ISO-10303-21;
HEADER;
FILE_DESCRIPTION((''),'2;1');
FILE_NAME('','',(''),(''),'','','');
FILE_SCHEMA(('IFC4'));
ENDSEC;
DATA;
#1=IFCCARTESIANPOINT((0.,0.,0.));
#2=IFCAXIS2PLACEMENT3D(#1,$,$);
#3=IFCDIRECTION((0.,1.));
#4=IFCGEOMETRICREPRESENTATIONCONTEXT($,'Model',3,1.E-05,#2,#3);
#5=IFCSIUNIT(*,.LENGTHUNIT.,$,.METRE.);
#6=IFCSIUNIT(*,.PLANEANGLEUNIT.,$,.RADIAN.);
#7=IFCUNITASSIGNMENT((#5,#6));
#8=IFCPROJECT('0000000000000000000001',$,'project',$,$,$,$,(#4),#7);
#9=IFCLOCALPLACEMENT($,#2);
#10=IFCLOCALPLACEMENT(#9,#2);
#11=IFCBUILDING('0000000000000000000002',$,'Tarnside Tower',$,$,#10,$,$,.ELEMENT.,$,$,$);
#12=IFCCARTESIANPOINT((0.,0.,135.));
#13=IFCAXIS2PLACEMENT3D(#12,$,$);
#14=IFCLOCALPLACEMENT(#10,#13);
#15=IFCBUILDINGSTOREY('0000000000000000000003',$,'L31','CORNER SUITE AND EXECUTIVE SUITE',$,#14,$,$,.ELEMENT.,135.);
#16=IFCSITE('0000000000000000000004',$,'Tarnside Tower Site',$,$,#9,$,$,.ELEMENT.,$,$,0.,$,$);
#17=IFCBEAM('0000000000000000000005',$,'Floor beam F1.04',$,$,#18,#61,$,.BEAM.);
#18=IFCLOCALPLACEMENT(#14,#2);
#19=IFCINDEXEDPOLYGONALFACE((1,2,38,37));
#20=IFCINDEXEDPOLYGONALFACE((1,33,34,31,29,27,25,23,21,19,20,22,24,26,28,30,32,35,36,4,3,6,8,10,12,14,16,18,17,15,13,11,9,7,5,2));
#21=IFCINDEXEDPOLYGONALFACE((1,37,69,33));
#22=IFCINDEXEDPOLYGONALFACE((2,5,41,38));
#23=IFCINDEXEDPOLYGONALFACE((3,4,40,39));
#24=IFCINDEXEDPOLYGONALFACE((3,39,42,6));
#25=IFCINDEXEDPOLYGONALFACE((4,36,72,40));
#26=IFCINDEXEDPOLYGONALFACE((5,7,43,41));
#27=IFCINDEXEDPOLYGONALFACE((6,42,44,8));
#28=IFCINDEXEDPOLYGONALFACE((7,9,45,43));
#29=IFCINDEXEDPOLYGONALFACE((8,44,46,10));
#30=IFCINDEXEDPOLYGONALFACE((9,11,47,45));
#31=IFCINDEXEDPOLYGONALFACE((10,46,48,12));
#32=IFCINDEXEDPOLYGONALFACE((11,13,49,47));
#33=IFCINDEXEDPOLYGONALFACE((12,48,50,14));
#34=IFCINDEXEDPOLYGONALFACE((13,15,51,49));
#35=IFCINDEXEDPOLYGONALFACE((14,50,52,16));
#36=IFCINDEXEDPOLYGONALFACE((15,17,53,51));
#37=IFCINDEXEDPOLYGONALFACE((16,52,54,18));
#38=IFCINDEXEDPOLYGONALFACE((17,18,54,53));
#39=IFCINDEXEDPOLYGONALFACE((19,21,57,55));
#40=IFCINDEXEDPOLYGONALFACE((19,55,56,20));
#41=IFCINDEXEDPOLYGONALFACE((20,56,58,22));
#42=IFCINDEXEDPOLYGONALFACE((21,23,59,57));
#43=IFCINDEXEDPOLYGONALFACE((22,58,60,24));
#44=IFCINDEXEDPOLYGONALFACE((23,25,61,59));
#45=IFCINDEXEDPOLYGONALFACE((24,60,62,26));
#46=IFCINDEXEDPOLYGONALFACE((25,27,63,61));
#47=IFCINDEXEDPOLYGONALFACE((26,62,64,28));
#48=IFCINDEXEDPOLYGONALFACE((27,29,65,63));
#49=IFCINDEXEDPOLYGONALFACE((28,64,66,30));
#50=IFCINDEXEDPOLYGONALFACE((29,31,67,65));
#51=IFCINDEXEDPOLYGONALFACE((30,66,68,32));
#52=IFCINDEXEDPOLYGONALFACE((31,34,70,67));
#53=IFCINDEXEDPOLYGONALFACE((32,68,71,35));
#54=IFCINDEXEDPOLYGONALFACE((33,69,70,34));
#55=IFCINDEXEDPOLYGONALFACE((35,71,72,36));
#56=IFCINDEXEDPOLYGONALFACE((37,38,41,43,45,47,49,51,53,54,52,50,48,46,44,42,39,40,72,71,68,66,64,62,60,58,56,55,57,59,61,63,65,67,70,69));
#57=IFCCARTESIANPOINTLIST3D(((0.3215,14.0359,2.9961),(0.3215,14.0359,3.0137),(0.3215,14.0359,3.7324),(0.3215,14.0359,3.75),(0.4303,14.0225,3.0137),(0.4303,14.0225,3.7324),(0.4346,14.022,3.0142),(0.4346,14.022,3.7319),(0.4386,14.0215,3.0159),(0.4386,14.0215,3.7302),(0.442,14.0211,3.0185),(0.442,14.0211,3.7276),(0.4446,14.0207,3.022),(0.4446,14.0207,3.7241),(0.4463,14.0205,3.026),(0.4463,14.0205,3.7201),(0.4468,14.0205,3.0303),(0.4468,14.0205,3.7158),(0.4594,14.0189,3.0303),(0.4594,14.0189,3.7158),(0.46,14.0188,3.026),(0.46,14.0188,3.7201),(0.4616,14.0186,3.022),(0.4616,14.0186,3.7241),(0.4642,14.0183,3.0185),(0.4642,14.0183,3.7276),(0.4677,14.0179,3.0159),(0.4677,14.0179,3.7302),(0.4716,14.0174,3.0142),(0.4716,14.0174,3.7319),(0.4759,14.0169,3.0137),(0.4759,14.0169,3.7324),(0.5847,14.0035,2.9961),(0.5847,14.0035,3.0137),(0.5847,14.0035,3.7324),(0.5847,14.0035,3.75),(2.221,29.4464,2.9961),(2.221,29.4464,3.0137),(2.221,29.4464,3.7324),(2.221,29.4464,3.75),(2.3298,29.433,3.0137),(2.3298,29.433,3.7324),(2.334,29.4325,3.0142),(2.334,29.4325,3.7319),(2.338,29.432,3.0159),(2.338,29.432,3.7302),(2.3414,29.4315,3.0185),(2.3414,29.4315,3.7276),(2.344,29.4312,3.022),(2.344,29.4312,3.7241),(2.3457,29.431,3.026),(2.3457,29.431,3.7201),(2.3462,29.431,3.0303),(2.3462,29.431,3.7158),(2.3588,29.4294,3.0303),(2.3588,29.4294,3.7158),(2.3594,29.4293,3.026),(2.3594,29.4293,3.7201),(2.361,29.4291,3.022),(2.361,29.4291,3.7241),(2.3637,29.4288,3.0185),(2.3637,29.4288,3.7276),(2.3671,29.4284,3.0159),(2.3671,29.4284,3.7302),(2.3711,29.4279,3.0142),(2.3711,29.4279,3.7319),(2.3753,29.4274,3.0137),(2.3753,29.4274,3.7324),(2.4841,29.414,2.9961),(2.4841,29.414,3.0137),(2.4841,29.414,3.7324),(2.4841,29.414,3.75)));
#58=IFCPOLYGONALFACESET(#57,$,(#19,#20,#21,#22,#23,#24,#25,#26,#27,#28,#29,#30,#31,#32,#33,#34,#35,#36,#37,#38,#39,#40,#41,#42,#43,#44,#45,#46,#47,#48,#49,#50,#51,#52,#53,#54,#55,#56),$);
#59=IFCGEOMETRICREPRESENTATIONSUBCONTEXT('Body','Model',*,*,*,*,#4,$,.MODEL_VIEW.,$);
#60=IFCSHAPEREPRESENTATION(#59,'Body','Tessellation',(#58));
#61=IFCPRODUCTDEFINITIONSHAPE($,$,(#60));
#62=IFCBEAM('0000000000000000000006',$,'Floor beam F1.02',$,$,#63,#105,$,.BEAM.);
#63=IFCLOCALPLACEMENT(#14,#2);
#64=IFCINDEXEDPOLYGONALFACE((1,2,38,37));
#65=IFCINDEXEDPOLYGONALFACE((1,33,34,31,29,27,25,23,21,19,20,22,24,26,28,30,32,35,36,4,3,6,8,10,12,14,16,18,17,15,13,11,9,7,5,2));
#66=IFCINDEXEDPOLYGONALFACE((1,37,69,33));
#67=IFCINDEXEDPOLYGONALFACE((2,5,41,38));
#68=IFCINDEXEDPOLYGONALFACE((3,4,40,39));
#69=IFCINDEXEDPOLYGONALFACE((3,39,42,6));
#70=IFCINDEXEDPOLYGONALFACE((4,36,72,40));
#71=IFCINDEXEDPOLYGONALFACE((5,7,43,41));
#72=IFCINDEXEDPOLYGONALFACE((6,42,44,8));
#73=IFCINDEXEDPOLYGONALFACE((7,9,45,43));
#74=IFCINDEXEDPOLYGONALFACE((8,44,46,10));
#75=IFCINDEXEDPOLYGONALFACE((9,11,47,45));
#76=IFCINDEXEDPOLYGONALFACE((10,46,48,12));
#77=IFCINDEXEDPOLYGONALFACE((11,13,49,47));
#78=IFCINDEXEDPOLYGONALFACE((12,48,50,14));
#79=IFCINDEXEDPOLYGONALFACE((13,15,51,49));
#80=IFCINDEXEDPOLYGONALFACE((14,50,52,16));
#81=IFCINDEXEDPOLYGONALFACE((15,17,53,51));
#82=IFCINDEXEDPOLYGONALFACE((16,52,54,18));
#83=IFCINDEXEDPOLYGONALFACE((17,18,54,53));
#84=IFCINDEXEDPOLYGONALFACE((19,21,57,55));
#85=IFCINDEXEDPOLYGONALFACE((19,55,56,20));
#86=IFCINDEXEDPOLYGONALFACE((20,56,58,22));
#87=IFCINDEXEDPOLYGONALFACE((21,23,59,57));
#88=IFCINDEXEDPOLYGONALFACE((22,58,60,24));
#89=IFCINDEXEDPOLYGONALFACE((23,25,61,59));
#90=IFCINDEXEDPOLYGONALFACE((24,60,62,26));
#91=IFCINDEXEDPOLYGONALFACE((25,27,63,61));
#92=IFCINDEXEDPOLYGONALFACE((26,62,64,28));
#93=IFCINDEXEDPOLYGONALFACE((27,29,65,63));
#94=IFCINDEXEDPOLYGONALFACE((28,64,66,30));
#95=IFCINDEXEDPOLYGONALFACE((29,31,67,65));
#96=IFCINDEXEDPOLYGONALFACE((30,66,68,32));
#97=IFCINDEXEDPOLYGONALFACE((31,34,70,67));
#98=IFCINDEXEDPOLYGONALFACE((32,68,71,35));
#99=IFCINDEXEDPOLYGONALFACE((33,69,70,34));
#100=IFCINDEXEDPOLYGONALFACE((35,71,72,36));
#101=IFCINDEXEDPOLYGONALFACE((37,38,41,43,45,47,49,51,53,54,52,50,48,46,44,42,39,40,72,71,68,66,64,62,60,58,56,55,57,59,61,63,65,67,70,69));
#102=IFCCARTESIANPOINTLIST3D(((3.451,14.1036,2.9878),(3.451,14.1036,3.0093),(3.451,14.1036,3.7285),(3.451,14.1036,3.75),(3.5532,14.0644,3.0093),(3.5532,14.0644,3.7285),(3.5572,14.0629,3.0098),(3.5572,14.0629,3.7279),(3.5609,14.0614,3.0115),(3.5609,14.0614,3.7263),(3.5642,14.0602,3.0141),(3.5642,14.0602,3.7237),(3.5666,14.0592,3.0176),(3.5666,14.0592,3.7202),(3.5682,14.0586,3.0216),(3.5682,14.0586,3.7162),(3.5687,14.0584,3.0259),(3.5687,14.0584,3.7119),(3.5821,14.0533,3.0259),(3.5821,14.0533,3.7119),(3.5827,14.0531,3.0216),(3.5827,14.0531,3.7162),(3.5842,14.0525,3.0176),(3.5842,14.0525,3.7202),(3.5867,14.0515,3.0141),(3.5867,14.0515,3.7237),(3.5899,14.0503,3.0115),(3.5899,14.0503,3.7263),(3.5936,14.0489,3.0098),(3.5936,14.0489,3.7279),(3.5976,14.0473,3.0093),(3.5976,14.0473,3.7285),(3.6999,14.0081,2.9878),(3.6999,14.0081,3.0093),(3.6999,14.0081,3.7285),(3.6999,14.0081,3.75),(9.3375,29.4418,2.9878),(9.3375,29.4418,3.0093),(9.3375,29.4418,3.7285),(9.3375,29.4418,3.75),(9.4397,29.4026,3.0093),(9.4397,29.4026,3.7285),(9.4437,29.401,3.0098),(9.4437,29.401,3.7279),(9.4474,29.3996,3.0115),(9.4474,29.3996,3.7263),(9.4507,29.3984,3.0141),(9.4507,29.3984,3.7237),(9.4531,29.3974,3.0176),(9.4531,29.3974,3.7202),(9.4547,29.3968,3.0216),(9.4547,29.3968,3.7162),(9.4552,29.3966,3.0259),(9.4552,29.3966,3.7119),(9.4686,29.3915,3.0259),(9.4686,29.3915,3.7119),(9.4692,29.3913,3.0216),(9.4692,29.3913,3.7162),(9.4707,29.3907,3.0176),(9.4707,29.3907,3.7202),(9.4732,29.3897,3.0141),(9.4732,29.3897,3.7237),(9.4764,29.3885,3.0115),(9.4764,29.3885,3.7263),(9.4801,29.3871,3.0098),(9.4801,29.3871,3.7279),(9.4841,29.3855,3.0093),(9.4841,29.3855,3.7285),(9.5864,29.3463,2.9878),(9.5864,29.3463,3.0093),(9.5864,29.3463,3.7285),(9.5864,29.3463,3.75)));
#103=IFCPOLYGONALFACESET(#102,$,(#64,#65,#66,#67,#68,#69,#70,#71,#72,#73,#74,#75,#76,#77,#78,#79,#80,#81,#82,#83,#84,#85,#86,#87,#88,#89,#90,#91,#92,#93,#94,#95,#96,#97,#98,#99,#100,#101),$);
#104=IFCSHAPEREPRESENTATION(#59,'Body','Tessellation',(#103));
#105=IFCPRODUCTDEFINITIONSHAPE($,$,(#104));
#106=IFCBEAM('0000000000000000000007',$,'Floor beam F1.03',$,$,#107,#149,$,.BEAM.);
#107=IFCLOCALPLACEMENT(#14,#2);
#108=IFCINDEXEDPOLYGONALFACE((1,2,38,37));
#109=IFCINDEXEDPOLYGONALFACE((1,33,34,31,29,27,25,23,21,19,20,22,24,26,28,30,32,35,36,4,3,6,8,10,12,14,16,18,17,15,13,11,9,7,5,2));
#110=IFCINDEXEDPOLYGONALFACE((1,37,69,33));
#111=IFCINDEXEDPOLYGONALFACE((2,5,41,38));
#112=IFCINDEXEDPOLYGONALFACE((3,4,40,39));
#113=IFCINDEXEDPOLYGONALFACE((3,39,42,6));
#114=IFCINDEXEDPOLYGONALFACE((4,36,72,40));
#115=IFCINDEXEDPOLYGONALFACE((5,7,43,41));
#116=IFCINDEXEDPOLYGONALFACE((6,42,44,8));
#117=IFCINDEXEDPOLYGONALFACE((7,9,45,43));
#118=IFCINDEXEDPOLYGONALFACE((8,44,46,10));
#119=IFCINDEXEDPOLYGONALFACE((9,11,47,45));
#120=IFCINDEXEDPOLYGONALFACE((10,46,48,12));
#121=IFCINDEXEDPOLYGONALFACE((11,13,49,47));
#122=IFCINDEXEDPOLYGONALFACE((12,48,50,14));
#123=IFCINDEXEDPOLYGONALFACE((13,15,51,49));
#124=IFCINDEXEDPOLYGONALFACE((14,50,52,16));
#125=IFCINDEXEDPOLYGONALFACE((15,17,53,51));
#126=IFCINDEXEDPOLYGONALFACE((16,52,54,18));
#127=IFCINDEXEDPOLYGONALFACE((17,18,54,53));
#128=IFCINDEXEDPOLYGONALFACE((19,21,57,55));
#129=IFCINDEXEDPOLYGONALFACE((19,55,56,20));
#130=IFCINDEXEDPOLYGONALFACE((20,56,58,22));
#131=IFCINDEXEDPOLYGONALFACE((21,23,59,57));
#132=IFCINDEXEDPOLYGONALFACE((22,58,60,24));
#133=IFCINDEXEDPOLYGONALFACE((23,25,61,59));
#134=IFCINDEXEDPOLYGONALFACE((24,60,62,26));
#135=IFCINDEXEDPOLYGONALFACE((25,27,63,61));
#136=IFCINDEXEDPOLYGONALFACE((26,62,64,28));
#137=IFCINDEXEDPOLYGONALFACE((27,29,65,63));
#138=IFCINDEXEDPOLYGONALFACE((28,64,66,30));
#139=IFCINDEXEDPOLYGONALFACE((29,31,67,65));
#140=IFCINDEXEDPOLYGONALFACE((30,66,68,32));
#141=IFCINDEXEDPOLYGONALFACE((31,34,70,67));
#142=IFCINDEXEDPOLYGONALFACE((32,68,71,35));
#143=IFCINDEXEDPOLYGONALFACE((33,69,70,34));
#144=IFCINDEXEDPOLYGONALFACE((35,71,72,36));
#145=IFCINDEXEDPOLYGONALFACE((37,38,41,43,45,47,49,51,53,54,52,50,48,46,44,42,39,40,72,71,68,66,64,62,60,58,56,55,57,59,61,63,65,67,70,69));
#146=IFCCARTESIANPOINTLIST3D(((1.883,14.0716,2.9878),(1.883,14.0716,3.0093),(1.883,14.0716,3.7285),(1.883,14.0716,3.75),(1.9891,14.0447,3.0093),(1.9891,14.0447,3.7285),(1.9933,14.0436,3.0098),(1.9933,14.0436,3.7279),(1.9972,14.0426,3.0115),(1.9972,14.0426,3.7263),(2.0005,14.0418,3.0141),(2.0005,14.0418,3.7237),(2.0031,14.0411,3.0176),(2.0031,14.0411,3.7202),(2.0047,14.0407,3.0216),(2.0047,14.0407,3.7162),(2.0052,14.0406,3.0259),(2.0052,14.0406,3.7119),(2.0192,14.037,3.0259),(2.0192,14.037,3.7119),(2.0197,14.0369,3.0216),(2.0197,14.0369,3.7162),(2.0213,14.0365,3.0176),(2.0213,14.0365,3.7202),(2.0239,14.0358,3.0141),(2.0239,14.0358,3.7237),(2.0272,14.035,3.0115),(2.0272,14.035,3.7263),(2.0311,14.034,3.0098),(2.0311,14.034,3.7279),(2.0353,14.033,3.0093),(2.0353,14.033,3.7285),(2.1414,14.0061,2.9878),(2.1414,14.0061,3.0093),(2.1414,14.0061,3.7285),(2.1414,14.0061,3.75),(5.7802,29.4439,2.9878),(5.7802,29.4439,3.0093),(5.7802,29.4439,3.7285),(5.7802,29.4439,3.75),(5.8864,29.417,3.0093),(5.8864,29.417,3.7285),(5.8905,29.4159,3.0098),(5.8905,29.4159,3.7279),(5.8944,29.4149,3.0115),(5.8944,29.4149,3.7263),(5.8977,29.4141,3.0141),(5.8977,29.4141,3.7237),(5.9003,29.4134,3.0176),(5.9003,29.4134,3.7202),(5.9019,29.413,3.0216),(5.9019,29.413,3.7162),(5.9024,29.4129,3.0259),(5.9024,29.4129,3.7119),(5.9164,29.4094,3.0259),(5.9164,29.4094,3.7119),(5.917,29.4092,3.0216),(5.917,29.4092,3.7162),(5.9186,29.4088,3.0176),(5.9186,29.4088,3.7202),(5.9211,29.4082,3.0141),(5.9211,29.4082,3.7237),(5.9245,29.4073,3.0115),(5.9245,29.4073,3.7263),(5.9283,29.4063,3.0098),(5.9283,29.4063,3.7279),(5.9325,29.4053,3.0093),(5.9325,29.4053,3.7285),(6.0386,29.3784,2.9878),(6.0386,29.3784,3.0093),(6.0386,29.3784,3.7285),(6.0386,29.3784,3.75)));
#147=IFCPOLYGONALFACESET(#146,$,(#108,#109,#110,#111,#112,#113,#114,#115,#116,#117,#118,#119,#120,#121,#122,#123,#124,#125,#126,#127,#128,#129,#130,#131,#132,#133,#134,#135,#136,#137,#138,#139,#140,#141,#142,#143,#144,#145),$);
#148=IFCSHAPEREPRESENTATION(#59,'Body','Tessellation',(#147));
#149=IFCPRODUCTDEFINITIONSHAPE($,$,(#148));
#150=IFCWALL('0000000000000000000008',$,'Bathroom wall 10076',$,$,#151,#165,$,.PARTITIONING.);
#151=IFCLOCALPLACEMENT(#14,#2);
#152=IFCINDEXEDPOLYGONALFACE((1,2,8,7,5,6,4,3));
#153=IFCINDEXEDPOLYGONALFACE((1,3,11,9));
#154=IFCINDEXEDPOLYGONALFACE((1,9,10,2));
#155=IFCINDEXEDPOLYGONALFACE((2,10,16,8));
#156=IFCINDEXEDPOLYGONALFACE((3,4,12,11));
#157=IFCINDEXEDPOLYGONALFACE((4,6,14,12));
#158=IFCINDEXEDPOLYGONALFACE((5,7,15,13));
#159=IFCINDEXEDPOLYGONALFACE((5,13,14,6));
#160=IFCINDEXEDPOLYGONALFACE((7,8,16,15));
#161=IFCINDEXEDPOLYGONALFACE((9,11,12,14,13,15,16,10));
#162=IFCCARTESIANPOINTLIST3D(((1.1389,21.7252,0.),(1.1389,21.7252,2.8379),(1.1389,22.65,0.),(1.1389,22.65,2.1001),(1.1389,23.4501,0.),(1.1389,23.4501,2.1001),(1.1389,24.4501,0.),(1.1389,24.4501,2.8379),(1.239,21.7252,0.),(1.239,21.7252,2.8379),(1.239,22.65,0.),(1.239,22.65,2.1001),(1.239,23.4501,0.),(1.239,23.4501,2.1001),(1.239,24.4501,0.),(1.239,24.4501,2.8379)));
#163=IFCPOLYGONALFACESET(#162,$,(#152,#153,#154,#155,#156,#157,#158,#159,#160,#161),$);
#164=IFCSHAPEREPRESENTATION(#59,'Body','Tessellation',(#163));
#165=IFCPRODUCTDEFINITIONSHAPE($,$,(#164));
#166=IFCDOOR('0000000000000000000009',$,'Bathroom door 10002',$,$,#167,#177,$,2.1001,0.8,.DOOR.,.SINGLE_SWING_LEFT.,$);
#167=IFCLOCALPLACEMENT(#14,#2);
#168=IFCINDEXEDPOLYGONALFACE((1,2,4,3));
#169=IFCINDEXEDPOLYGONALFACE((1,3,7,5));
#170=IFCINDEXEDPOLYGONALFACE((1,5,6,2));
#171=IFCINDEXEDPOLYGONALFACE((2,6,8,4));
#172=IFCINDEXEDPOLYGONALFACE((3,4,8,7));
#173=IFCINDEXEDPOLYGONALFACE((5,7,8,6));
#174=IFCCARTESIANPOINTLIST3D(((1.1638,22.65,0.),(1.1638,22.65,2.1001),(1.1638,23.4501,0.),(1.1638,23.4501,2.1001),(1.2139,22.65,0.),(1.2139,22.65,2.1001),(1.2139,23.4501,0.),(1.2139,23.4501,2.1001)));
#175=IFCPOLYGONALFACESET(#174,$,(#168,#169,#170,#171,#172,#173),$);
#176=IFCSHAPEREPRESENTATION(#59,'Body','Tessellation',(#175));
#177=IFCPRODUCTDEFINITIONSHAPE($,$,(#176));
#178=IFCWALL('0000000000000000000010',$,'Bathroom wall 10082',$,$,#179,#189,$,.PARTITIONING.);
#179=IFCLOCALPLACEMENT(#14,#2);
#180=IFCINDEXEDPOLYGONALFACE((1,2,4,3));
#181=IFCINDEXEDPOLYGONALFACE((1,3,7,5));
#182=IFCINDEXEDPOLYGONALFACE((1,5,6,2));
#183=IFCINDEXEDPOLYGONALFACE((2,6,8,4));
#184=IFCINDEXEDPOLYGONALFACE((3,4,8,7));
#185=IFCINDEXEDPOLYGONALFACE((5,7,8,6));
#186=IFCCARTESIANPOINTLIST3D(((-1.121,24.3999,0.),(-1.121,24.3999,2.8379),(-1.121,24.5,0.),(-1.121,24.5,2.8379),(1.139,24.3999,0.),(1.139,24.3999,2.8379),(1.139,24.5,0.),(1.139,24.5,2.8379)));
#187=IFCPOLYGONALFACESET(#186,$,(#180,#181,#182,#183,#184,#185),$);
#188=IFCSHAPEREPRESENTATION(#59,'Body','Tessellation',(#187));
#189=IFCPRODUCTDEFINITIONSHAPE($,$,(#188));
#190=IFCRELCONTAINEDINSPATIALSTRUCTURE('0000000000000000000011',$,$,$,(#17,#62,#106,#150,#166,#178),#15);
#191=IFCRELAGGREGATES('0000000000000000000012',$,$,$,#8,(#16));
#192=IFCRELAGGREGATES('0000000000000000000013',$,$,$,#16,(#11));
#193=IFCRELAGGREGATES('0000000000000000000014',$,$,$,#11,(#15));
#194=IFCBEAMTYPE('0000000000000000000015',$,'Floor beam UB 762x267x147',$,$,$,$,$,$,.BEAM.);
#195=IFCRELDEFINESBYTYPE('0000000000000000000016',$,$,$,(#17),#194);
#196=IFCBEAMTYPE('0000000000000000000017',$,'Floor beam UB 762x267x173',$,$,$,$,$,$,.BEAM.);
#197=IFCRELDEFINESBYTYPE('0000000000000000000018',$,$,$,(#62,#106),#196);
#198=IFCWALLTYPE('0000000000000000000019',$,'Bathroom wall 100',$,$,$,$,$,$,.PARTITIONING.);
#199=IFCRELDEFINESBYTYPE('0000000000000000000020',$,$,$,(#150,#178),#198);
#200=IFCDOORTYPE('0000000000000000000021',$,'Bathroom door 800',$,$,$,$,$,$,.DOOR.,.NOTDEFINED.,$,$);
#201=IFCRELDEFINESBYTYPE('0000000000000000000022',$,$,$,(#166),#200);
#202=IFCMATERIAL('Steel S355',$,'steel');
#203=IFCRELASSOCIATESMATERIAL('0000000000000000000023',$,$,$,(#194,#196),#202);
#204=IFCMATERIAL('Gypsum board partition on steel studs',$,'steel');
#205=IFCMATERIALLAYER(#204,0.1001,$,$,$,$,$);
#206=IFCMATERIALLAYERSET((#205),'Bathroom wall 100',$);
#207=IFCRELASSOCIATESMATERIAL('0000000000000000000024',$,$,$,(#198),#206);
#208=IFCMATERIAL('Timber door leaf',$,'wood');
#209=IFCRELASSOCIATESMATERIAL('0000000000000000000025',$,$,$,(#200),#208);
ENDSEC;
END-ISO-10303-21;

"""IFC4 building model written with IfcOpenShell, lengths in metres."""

from ifc_helpers import new_model, si_unit, direction, frame, frame_2d, origin, origin_2d, place, context, subcontext, project, spatial, rectangle, i_section, extrude, material, layer, layer_set, material_profile, profile_set, type_object, element, fill, save


model = new_model("IFC4")

# Units and contexts
model_context = context("Model", 3, precision=1e-05, world=origin(), true_north=direction((0.0, 1.0)))
body_context = subcontext(model_context, "Body", "Model", "MODEL_VIEW")
ifc_project = project(units=[si_unit("LENGTHUNIT", "METRE"), si_unit("PLANEANGLEUNIT", "RADIAN")], contexts=[model_context])

# Site, building, storey
site_placement = place(None, origin())
site = spatial("IfcSite", under=ifc_project, at=site_placement, Name="Tarnside Tower Site", CompositionType="ELEMENT", RefElevation=0.0)
building_placement = place(site_placement, origin())
building = spatial("IfcBuilding", under=site, at=building_placement, Name="Tarnside Tower", CompositionType="ELEMENT")
storey_placement = place(building_placement, frame((0.0, 0.0, 135.0)))
storey = spatial("IfcBuildingStorey", under=building, at=storey_placement, Name="L31", Description="CORNER SUITE AND EXECUTIVE SUITE", CompositionType="ELEMENT", Elevation=135.0)

# Beams
ifc_material_1 = material(Name="Steel S355", Category="steel")
ifc_material_profile_1 = material_profile(ifc_material_1, i_section(OverallWidth=0.2651, OverallDepth=0.7539, WebThickness=0.0127, FlangeThickness=0.0176, FilletRadius=0.0166, at=origin_2d()), Name="UB 762x267x147")
ifc_profile_set_1 = profile_set([ifc_material_profile_1], Name="Steel S355")
beam_type_1 = type_object("IfcBeamType", Name="Floor beam UB 762x267x147", PredefinedType="BEAM", material=ifc_profile_set_1)
beam_1_placement = place(storey_placement, frame((2.3525, 29.4302, 3.373), z_axis=(-0.12233, -0.99249, 0.0), x_axis=(0.99249, -0.12233, 0.0)))
element("IfcBeam", 1, at=beam_1_placement, inside=storey, type_object=beam_type_1, Name="Floor beam F1.04", PredefinedType="BEAM", context=body_context, shape_type="SweptSolid", body=[
    extrude(i_section(OverallWidth=0.2651, OverallDepth=0.7539, WebThickness=0.0127, FlangeThickness=0.0176, FilletRadius=0.0166, at=origin_2d()), origin(), (0.0, 0.0, 1.0), 15.5271),
])
ifc_material_profile_2 = material_profile(ifc_material_1, i_section(OverallWidth=0.2666, OverallDepth=0.7622, WebThickness=0.0144, FlangeThickness=0.0215, FilletRadius=0.0166, at=origin_2d()), Name="UB 762x267x173")
ifc_profile_set_2 = profile_set([ifc_material_profile_2], Name="Steel S355")
beam_type_2 = type_object("IfcBeamType", Name="Floor beam UB 762x267x173", PredefinedType="BEAM", material=ifc_profile_set_2)
beam_2_placement = place(storey_placement, frame((9.4619, 29.394, 3.3689), z_axis=(-0.3583, -0.933607, 0.0), x_axis=(0.933607, -0.3583, 0.0)))
element("IfcBeam", 2, at=beam_2_placement, inside=storey, type_object=beam_type_2, Name="Floor beam F1.02", PredefinedType="BEAM", context=body_context, shape_type="SweptSolid", body=[
    extrude(i_section(OverallWidth=0.2666, OverallDepth=0.7622, WebThickness=0.0144, FlangeThickness=0.0215, FilletRadius=0.0166, at=origin_2d()), origin(), (0.0, 0.0, 1.0), 16.429),
])
beam_3_placement = place(storey_placement, frame((5.9094, 29.4111, 3.3689), z_axis=(-0.245747, -0.969334, 0.0), x_axis=(0.969334, -0.245747, 0.0)))
element("IfcBeam", 3, at=beam_3_placement, inside=storey, type_object=beam_type_2, Name="Floor beam F1.03", PredefinedType="BEAM", context=body_context, shape_type="SweptSolid", body=[
    extrude(i_section(OverallWidth=0.2666, OverallDepth=0.7622, WebThickness=0.0144, FlangeThickness=0.0215, FilletRadius=0.0166, at=origin_2d()), origin(), (0.0, 0.0, 1.0), 15.8586),
])

# Wall, opening, door
ifc_material_2 = material(Name="Gypsum board partition on steel studs", Category="steel")
ifc_layer_1 = layer(ifc_material_2, 0.1001)
ifc_layer_set_1 = layer_set([ifc_layer_1], Name="Bathroom wall 100")
wall_type_1 = type_object("IfcWallType", Name="Bathroom wall 100", PredefinedType="PARTITIONING", material=ifc_layer_set_1)
wall_1_placement = place(storey_placement, frame((1.189, 24.45, 0.0), z_axis=(0.0, 0.0, 1.0), x_axis=(0.0, -1.0, 0.0)))
wall_1 = element("IfcWall", 4, at=wall_1_placement, inside=storey, type_object=wall_type_1, Name="Bathroom wall 10076", PredefinedType="PARTITIONING", context=body_context, shape_type="SweptSolid", body=[
    extrude(rectangle(XDim=2.7249, YDim=0.1001, at=frame_2d((1.3623, 0.0))), origin(), (0.0, 0.0, 1.0), 2.8379),
])
opening_1_placement = place(wall_1_placement, frame((1.0, 0.0, 0.0)))
opening_1 = element("IfcOpeningElement", 5, at=opening_1_placement, cuts=wall_1, PredefinedType="OPENING", context=body_context, shape_type="SweptSolid", body=[
    extrude(rectangle(XDim=0.8, YDim=2.1001, at=frame_2d((0.3999, 1.05))), frame((0.0, 0.0601, 0.0), z_axis=(0.0, -1.0, 0.0), x_axis=(1.0, 0.0, 0.0)), (0.0, 0.0, 1.0), 0.1201),
])
ifc_material_3 = material(Name="Timber door leaf", Category="wood")
door_type_1 = type_object("IfcDoorType", Name="Bathroom door 800", OperationType="NOTDEFINED", PredefinedType="DOOR", material=ifc_material_3)
door_1_placement = place(opening_1_placement, origin())
door_1 = element("IfcDoor", 6, at=door_1_placement, inside=storey, type_object=door_type_1, Name="Bathroom door 10002", OperationType="SINGLE_SWING_LEFT", OverallHeight=2.1001, OverallWidth=0.8, PredefinedType="DOOR", context=body_context, shape_type="SweptSolid", body=[
    extrude(rectangle(XDim=0.8, YDim=2.1001, at=frame_2d((0.3999, 1.05))), frame((0.0, 0.0249, 0.0), z_axis=(0.0, -1.0, 0.0), x_axis=(1.0, 0.0, 0.0)), (0.0, 0.0, 1.0), 0.05),
])
fill(opening_1, door_1)

# Wall
wall_2_placement = place(storey_placement, frame((1.1389, 24.45, 0.0), z_axis=(0.0, 0.0, 1.0), x_axis=(-1.0, 0.0, 0.0)))
element("IfcWall", 7, at=wall_2_placement, inside=storey, type_object=wall_type_1, Name="Bathroom wall 10082", PredefinedType="PARTITIONING", context=body_context, shape_type="SweptSolid", body=[
    extrude(rectangle(XDim=2.26, YDim=0.1001, at=frame_2d((1.1299, 0.0))), origin(), (0.0, 0.0, 1.0), 2.8379),
])

save(model, "model.ifc")
